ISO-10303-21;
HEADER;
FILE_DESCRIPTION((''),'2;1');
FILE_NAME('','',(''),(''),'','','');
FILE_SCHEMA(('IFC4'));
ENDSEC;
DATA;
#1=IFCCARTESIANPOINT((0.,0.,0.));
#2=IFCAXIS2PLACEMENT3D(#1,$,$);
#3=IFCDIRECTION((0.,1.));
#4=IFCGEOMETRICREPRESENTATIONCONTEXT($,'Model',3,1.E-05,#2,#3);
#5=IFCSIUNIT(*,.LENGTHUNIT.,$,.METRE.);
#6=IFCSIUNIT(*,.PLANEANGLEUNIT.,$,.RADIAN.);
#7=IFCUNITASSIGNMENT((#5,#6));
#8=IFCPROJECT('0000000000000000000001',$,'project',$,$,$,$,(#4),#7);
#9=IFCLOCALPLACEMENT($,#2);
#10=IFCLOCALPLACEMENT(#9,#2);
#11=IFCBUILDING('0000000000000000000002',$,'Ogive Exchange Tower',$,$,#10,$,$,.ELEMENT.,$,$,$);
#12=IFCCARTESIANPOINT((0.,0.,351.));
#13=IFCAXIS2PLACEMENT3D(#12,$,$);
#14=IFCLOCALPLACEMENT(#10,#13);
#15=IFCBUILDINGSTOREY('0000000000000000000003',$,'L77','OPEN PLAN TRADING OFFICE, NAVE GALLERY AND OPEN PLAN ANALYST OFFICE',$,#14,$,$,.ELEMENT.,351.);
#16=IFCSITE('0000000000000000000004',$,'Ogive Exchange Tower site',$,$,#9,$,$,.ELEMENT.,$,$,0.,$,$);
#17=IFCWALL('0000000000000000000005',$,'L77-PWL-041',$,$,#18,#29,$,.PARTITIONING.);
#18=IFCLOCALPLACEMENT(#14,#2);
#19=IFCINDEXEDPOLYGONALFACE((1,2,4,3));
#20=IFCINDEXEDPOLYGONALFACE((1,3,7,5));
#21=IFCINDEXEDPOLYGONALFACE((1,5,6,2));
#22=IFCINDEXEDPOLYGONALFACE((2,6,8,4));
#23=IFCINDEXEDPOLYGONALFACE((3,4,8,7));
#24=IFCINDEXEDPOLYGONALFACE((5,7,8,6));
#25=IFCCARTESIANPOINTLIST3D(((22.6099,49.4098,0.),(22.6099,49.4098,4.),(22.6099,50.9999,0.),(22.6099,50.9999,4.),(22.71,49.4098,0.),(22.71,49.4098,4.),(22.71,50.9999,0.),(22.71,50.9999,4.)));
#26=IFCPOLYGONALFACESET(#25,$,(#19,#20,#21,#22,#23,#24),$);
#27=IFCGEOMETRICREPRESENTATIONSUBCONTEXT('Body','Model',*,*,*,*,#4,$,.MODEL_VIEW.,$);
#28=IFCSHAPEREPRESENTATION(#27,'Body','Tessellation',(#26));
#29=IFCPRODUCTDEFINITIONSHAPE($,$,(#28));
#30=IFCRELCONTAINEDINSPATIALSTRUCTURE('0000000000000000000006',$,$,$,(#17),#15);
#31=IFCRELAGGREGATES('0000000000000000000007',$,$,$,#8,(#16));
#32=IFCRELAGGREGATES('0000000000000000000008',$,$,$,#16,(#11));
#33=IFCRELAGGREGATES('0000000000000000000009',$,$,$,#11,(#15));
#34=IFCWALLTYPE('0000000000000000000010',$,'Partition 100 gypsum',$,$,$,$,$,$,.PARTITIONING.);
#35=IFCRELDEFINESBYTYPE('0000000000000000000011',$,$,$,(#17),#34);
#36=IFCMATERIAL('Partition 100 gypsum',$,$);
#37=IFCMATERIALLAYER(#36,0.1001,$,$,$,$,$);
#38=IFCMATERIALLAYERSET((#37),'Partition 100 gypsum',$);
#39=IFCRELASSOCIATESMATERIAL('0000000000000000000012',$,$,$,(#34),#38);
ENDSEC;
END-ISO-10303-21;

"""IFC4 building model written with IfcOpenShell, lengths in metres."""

from ifc_helpers import new_model, si_unit, direction, frame, frame_2d, origin, place, context, subcontext, project, spatial, rectangle, extrude, material, layer, layer_set, type_object, element, save


model = new_model("IFC4")

# Units and contexts
model_context = context("Model", 3, precision=1e-05, world=origin(), true_north=direction((0.0, 1.0)))
body_context = subcontext(model_context, "Body", "Model", "MODEL_VIEW")
ifc_project = project(units=[si_unit("LENGTHUNIT", "METRE"), si_unit("PLANEANGLEUNIT", "RADIAN")], contexts=[model_context])

# Site, building, storey
site_placement = place(None, origin())
site = spatial("IfcSite", under=ifc_project, at=site_placement, Name="Ogive Exchange Tower site", CompositionType="ELEMENT", RefElevation=0.0)
building_placement = place(site_placement, origin())
building = spatial("IfcBuilding", under=site, at=building_placement, Name="Ogive Exchange Tower", CompositionType="ELEMENT")
storey_placement = place(building_placement, frame((0.0, 0.0, 351.0)))
storey = spatial("IfcBuildingStorey", under=building, at=storey_placement, Name="L77", Description="OPEN PLAN TRADING OFFICE, NAVE GALLERY AND OPEN PLAN ANALYST OFFICE", CompositionType="ELEMENT", Elevation=351.0)

# Wall
ifc_material_1 = material(Name="Partition 100 gypsum")
ifc_layer_1 = layer(ifc_material_1, 0.1001)
ifc_layer_set_1 = layer_set([ifc_layer_1], Name="Partition 100 gypsum")
wall_type_1 = type_object("IfcWallType", Name="Partition 100 gypsum", PredefinedType="PARTITIONING", material=ifc_layer_set_1)
wall_1_placement = place(storey_placement, frame((22.6599, 49.4099, 0.0), z_axis=(0.0, 0.0, 1.0), x_axis=(0.0, 1.0, 0.0)))
element("IfcWall", 1, at=wall_1_placement, inside=storey, type_object=wall_type_1, Name="L77-PWL-041", PredefinedType="PARTITIONING", context=body_context, shape_type="SweptSolid", body=[
    extrude(rectangle(XDim=1.5901, YDim=0.1001, at=frame_2d((0.7949, 0.0))), origin(), (0.0, 0.0, 1.0), 4.0),
])

save(model, "model.ifc")
